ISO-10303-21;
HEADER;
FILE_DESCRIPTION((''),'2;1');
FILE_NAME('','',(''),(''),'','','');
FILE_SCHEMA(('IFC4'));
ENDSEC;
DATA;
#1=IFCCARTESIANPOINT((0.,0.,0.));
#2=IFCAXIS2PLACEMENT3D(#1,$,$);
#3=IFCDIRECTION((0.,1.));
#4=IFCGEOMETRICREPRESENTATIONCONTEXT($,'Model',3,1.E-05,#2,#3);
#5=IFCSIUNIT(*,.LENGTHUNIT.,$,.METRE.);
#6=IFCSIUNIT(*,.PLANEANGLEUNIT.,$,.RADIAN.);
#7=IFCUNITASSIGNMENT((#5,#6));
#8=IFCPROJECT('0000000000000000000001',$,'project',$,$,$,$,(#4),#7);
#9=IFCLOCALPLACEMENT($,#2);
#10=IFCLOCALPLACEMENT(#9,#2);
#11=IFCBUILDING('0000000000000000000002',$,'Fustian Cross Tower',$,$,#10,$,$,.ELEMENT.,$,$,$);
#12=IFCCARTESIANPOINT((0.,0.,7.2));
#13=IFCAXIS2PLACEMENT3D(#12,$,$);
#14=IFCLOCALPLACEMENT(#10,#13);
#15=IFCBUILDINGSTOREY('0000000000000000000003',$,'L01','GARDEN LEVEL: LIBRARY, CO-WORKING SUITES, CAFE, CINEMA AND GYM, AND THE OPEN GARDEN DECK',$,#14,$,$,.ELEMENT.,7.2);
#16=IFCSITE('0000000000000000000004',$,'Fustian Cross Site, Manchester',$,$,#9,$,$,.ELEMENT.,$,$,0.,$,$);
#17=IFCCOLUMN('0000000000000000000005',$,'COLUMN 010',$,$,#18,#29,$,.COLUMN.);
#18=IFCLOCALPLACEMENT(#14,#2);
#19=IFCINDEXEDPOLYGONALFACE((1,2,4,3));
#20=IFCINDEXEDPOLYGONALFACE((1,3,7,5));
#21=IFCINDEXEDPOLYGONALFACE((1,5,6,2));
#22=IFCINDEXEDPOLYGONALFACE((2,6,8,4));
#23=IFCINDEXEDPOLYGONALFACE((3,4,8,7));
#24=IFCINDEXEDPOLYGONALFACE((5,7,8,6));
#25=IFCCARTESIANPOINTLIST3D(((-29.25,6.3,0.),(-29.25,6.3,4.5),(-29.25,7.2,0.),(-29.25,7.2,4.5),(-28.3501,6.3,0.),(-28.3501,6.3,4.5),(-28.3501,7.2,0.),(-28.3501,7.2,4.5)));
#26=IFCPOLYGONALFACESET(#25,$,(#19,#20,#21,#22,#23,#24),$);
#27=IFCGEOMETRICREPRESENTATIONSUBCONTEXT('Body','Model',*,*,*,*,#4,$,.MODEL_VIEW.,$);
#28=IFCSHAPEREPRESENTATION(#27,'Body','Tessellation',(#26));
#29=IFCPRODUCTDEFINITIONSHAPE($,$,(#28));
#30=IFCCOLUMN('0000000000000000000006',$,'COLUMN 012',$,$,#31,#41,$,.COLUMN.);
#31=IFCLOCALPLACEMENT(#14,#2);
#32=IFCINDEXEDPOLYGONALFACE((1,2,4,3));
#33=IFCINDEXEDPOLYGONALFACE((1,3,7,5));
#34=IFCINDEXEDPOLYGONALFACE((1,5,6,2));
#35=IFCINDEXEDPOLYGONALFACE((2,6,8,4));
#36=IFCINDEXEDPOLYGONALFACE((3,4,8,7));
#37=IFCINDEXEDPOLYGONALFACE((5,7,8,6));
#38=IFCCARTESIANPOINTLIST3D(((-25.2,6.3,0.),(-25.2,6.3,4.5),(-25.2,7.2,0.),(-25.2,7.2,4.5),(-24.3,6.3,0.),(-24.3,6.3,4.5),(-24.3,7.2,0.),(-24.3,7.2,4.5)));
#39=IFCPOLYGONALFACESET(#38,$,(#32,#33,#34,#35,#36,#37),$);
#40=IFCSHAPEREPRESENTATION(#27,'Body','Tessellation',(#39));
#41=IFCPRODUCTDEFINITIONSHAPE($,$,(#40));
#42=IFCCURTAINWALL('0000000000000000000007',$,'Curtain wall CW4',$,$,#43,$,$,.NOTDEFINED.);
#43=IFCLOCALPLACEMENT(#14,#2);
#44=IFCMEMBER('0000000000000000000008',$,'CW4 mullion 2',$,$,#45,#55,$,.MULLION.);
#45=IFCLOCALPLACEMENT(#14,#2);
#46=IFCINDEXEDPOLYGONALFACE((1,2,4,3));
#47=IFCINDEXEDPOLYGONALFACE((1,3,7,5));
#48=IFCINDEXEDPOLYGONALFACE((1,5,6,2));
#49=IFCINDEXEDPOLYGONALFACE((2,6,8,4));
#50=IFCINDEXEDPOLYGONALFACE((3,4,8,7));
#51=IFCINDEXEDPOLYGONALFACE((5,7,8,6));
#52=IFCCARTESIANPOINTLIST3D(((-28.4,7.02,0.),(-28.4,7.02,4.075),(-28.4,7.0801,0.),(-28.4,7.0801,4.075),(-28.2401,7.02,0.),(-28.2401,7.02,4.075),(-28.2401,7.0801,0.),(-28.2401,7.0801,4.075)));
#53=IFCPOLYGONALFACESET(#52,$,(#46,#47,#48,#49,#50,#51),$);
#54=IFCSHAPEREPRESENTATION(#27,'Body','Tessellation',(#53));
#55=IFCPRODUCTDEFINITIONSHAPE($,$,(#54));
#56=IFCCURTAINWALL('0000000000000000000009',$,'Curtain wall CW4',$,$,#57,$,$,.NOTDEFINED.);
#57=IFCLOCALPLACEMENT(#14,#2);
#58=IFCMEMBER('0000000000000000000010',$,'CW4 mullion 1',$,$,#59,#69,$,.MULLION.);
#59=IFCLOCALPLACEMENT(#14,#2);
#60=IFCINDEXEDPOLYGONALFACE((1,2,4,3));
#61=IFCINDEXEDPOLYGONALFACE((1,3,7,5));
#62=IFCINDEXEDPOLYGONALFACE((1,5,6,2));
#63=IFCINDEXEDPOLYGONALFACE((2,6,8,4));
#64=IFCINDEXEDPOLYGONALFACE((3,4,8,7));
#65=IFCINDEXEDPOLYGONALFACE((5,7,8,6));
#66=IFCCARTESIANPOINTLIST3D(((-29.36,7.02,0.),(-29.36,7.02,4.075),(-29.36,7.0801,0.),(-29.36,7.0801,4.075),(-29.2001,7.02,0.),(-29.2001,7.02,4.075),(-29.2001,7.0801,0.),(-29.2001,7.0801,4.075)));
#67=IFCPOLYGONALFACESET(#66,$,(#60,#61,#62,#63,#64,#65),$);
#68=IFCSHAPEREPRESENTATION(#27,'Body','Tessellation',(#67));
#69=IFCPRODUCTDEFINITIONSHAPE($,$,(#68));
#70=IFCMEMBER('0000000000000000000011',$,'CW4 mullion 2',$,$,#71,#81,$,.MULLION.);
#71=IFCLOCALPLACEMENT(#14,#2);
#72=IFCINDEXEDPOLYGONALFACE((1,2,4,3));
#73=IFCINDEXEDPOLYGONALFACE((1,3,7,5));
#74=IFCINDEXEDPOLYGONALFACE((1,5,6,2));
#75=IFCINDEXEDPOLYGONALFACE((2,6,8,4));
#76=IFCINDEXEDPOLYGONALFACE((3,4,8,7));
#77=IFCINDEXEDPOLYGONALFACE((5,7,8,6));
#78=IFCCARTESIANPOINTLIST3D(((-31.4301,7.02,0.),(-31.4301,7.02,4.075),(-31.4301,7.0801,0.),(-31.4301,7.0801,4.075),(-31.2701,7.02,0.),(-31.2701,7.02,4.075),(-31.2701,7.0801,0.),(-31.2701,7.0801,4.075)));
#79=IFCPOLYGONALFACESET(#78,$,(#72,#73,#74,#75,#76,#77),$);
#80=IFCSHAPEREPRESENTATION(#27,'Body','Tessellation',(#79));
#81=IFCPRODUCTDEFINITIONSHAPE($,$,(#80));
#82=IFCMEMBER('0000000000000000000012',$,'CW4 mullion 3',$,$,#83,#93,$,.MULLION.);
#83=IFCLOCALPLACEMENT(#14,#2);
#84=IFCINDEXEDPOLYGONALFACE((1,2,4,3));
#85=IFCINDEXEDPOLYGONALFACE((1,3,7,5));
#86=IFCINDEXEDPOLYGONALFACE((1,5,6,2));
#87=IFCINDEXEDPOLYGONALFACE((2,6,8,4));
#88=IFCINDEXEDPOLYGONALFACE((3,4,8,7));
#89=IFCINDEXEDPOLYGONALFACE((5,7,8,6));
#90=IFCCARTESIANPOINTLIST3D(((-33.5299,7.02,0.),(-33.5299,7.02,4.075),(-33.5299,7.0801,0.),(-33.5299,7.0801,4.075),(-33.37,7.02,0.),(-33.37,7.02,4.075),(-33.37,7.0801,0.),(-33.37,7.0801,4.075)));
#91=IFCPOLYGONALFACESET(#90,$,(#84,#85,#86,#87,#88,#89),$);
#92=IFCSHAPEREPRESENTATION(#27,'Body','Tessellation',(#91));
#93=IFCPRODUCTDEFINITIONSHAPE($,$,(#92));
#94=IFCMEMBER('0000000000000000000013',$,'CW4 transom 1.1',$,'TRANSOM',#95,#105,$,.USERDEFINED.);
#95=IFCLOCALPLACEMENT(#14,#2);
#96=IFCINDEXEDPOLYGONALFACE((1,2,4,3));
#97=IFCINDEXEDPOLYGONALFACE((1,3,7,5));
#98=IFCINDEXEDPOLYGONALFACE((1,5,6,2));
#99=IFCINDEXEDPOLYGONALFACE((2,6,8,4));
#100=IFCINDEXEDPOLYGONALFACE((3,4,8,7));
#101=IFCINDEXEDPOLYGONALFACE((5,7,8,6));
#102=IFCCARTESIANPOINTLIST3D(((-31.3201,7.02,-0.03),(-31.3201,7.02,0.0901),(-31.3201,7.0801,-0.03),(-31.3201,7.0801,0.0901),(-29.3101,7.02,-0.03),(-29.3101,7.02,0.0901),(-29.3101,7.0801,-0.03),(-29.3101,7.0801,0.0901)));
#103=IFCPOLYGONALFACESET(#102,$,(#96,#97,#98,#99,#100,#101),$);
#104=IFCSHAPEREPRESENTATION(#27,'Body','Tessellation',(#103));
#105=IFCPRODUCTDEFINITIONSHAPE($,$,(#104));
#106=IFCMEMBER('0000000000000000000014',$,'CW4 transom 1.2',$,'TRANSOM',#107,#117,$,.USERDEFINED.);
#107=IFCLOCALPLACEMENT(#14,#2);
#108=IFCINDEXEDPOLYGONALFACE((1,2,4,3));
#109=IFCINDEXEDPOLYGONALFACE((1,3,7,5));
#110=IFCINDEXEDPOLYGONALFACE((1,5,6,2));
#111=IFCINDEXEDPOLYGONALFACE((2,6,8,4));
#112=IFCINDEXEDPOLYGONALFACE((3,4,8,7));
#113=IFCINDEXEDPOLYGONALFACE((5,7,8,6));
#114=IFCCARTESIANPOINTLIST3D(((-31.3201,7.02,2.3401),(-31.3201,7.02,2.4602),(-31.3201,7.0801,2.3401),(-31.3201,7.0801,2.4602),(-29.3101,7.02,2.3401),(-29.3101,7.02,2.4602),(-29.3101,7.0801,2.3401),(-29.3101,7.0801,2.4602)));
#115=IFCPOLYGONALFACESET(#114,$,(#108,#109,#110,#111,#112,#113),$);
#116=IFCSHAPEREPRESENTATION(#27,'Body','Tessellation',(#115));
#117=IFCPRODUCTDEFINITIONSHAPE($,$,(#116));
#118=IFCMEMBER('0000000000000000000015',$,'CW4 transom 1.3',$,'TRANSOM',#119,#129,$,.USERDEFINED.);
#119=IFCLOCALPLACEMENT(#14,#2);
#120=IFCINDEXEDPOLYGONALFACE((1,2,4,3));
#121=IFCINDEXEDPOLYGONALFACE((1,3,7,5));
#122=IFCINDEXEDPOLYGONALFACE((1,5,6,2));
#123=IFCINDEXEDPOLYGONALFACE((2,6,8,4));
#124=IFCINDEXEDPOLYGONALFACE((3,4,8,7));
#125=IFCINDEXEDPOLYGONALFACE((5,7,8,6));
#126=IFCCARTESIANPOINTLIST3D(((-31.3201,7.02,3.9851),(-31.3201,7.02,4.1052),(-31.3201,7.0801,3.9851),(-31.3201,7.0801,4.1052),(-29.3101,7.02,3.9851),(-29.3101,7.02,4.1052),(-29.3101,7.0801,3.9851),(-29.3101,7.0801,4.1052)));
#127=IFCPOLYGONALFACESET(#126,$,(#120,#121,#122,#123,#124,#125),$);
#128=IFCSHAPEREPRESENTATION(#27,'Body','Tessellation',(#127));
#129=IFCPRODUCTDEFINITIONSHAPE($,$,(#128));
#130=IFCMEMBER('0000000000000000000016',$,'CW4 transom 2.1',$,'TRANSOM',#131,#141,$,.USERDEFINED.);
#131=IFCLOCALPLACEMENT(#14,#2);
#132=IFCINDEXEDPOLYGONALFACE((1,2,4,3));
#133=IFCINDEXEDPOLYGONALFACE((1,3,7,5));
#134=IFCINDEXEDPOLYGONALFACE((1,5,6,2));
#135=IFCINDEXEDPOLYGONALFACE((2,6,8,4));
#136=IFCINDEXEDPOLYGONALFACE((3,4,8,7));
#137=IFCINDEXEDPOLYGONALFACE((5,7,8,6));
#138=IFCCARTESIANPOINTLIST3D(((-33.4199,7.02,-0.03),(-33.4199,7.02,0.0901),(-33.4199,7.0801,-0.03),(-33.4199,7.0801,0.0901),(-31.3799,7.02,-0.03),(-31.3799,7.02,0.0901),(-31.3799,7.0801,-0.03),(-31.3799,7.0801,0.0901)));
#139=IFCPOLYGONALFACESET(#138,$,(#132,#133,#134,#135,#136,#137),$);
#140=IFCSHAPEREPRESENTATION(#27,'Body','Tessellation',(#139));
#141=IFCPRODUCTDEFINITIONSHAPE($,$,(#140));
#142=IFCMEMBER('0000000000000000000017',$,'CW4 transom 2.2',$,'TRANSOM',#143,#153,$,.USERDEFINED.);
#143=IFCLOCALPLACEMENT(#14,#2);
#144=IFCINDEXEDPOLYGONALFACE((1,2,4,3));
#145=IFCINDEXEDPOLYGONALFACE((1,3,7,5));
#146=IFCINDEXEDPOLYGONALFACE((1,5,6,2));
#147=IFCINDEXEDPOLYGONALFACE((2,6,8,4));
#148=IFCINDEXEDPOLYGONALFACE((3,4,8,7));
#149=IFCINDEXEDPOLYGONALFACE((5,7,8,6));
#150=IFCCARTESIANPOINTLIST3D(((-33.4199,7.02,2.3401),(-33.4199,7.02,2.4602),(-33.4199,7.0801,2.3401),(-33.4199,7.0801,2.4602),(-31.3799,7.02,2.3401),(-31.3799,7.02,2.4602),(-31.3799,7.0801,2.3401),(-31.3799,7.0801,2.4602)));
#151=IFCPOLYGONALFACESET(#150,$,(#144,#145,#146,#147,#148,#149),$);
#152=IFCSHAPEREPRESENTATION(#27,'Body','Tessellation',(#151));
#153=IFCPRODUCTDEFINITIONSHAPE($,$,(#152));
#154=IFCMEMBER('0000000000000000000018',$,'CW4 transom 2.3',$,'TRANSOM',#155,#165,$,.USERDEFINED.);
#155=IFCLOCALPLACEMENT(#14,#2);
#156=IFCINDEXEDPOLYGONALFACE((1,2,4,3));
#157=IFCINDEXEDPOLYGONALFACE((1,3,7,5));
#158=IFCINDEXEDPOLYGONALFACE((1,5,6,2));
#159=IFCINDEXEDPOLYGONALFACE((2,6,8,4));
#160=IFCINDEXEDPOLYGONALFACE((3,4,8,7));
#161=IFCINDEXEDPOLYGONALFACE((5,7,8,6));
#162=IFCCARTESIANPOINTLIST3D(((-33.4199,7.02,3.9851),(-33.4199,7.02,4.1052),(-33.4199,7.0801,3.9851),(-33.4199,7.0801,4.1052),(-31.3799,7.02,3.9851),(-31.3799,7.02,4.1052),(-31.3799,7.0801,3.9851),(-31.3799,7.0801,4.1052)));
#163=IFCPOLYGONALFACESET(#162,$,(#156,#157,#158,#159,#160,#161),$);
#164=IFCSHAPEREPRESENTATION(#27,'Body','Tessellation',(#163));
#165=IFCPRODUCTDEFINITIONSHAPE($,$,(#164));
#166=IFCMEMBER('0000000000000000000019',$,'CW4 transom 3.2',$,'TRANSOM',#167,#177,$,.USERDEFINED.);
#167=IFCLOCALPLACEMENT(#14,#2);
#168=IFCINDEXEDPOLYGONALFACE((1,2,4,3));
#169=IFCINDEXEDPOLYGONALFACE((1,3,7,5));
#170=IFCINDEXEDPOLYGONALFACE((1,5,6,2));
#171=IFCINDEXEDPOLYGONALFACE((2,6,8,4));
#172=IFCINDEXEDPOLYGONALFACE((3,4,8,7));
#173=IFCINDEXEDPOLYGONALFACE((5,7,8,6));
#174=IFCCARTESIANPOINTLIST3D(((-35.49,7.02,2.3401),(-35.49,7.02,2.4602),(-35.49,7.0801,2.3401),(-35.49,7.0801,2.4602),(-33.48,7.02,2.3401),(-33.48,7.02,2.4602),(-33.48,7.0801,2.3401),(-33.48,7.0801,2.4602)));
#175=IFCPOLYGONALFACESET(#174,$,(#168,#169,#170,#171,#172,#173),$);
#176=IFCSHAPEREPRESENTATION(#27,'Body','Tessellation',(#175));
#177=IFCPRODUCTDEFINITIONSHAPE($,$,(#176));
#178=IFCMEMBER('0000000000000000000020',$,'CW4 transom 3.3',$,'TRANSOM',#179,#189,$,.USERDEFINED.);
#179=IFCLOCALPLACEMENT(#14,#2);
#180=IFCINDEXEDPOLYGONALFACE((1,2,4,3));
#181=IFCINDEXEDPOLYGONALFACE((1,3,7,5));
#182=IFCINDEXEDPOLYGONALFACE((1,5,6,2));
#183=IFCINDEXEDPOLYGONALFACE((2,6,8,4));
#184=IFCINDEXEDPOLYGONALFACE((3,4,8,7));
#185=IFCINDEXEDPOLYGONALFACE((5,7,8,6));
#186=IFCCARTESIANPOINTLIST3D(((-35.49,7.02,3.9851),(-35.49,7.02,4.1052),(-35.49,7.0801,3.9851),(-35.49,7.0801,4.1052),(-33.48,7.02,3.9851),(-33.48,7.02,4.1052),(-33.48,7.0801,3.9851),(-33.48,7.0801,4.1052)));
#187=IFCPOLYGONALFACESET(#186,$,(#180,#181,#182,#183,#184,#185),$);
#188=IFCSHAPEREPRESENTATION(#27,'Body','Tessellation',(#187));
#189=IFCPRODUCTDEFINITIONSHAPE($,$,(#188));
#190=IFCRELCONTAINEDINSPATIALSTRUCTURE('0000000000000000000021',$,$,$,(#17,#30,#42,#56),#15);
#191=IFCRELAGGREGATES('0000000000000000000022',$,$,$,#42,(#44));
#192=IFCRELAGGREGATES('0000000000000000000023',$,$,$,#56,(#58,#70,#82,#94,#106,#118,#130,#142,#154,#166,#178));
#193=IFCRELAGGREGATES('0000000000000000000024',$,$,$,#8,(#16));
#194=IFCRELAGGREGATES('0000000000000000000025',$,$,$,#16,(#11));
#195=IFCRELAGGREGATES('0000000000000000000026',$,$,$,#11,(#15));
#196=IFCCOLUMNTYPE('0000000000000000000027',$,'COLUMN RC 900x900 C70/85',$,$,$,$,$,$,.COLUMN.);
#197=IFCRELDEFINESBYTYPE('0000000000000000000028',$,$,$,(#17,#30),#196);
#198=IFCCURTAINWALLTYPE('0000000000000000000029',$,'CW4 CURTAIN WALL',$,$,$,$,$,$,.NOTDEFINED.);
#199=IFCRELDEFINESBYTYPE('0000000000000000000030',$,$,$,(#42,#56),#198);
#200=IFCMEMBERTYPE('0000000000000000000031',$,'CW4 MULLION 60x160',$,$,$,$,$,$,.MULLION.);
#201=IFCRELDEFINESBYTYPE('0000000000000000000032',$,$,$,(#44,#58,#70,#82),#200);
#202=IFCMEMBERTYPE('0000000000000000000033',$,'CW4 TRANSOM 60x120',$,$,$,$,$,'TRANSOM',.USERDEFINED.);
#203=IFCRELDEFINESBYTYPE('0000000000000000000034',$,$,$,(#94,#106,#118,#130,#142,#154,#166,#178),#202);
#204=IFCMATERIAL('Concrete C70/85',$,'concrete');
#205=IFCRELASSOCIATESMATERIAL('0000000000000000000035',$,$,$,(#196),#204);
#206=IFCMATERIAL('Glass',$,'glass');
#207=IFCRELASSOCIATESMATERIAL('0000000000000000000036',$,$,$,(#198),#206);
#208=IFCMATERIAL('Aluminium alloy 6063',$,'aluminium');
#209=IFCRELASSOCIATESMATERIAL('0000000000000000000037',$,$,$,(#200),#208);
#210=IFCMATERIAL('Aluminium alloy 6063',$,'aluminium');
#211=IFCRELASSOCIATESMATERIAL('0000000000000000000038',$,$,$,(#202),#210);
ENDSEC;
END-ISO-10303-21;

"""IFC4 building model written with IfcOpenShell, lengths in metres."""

from ifc_helpers import new_model, si_unit, direction, frame, origin, origin_2d, place, context, subcontext, project, spatial, rectangle, extrude, material, material_profile, profile_set, type_object, element, aggregate, save


model = new_model("IFC4")

# Units and contexts
model_context = context("Model", 3, precision=1e-05, world=origin(), true_north=direction((0.0, 1.0)))
body_context = subcontext(model_context, "Body", "Model", "MODEL_VIEW")
ifc_project = project(units=[si_unit("LENGTHUNIT", "METRE"), si_unit("PLANEANGLEUNIT", "RADIAN")], contexts=[model_context])

# Site, building, storey
site_placement = place(None, origin())
site = spatial("IfcSite", under=ifc_project, at=site_placement, Name="Fustian Cross Site, Manchester", CompositionType="ELEMENT", RefElevation=0.0)
building_placement = place(site_placement, origin())
building = spatial("IfcBuilding", under=site, at=building_placement, Name="Fustian Cross Tower", CompositionType="ELEMENT")
storey_placement = place(building_placement, frame((0.0, 0.0, 7.2)))
storey = spatial("IfcBuildingStorey", under=building, at=storey_placement, Name="L01", Description="GARDEN LEVEL: LIBRARY, CO-WORKING SUITES, CAFE, CINEMA AND GYM, AND THE OPEN GARDEN DECK", CompositionType="ELEMENT", Elevation=7.2)

# Columns
ifc_material_1 = material(Name="Concrete C70/85", Category="concrete")
ifc_material_profile_1 = material_profile(ifc_material_1, rectangle(XDim=0.8999, YDim=0.8999, at=origin_2d()), Name="RC 900x900")
ifc_profile_set_1 = profile_set([ifc_material_profile_1], Name="Concrete C70/85")
column_type = type_object("IfcColumnType", Name="COLUMN RC 900x900 C70/85", PredefinedType="COLUMN", material=ifc_profile_set_1)
for number, where, z_axis, x_axis, name in (
    (1, (-28.8, 6.75, 0.0), (0.0, 0.0, 1.0), (1.0, 0.0, 0.0), "COLUMN 010"),
    (2, (-24.75, 6.75, 0.0), (0.0, 0.0, 1.0), (1.0, 0.0, 0.0), "COLUMN 012"),
):
    element("IfcColumn", number, at=place(storey_placement, frame(where, z_axis=z_axis, x_axis=x_axis)), inside=storey, type_object=column_type, Name=name, PredefinedType="COLUMN", context=body_context, shape_type="SweptSolid", body=[
        extrude(rectangle(XDim=0.8999, YDim=0.8999, at=origin_2d()), origin(), (0.0, 0.0, 1.0), 4.5),
    ])

# Curtain wall, member
ifc_material_2 = material(Name="Glass", Category="glass")
curtain_wall_type = type_object("IfcCurtainWallType", Name="CW4 CURTAIN WALL", PredefinedType="NOTDEFINED", material=ifc_material_2)
curtain_wall_1_placement = place(storey_placement, origin())
curtain_wall_1 = element("IfcCurtainWall", 3, at=curtain_wall_1_placement, inside=storey, type_object=curtain_wall_type, Name="Curtain wall CW4", PredefinedType="NOTDEFINED")
ifc_material_3 = material(Name="Aluminium alloy 6063", Category="aluminium")
ifc_material_profile_2 = material_profile(ifc_material_3, rectangle(XDim=0.0601, YDim=0.1599, at=origin_2d()), Name="CW4 MULLION 60x160")
ifc_profile_set_2 = profile_set([ifc_material_profile_2], Name="Aluminium alloy 6063")
member_type_1 = type_object("IfcMemberType", Name="CW4 MULLION 60x160", PredefinedType="MULLION", material=ifc_profile_set_2)
member_1_placement = place(storey_placement, frame((-28.3201, 7.05, 0.0), z_axis=(0.0, 0.0, 1.0), x_axis=(0.0, -1.0, 0.0)))
member_1 = element("IfcMember", 4, at=member_1_placement, type_object=member_type_1, Name="CW4 mullion 2", PredefinedType="MULLION", context=body_context, shape_type="SweptSolid", body=[
    extrude(rectangle(XDim=0.0601, YDim=0.1599, at=origin_2d()), origin(), (0.0, 0.0, 1.0), 4.075),
])

# Curtain wall, members
curtain_wall_2_placement = place(storey_placement, origin())
curtain_wall_2 = element("IfcCurtainWall", 5, at=curtain_wall_2_placement, inside=storey, type_object=curtain_wall_type, Name="Curtain wall CW4", PredefinedType="NOTDEFINED")
member_2_placement = place(storey_placement, frame((-29.28, 7.05, 0.0), z_axis=(0.0, 0.0, 1.0), x_axis=(0.0, -1.0, 0.0)))
member_2 = element("IfcMember", 6, at=member_2_placement, type_object=member_type_1, Name="CW4 mullion 1", PredefinedType="MULLION", context=body_context, shape_type="SweptSolid", body=[
    extrude(rectangle(XDim=0.0601, YDim=0.1599, at=origin_2d()), origin(), (0.0, 0.0, 1.0), 4.075),
])
member_3_placement = place(storey_placement, frame((-31.3501, 7.05, 0.0), z_axis=(0.0, 0.0, 1.0), x_axis=(0.0, -1.0, 0.0)))
member_3 = element("IfcMember", 7, at=member_3_placement, type_object=member_type_1, Name="CW4 mullion 2", PredefinedType="MULLION", context=body_context, shape_type="SweptSolid", body=[
    extrude(rectangle(XDim=0.0601, YDim=0.1599, at=origin_2d()), origin(), (0.0, 0.0, 1.0), 4.075),
])
member_4_placement = place(storey_placement, frame((-33.45, 7.05, 0.0), z_axis=(0.0, 0.0, 1.0), x_axis=(0.0, -1.0, 0.0)))
member_4 = element("IfcMember", 8, at=member_4_placement, type_object=member_type_1, Name="CW4 mullion 3", PredefinedType="MULLION", context=body_context, shape_type="SweptSolid", body=[
    extrude(rectangle(XDim=0.0601, YDim=0.1599, at=origin_2d()), origin(), (0.0, 0.0, 1.0), 4.075),
])
ifc_material_4 = material(Name="Aluminium alloy 6063", Category="aluminium")
ifc_material_profile_3 = material_profile(ifc_material_4, rectangle(XDim=0.0601, YDim=0.1201, at=origin_2d()), Name="CW4 TRANSOM 60x120")
ifc_profile_set_3 = profile_set([ifc_material_profile_3], Name="Aluminium alloy 6063")
member_type_2 = type_object("IfcMemberType", Name="CW4 TRANSOM 60x120", ElementType="TRANSOM", PredefinedType="USERDEFINED", material=ifc_profile_set_3)
member_5_placement = place(storey_placement, frame((-29.3101, 7.05, 0.03), z_axis=(-1.0, 0.0, 0.0), x_axis=(0.0, -1.0, 0.0)))
member_5 = element("IfcMember", 9, at=member_5_placement, type_object=member_type_2, Name="CW4 transom 1.1", ObjectType="TRANSOM", PredefinedType="USERDEFINED", context=body_context, shape_type="SweptSolid", body=[
    extrude(rectangle(XDim=0.0601, YDim=0.1201, at=origin_2d()), origin(), (0.0, 0.0, 1.0), 2.01),
])
member_6_placement = place(storey_placement, frame((-29.3101, 7.05, 2.4001), z_axis=(-1.0, 0.0, 0.0), x_axis=(0.0, -1.0, 0.0)))
member_6 = element("IfcMember", 10, at=member_6_placement, type_object=member_type_2, Name="CW4 transom 1.2", ObjectType="TRANSOM", PredefinedType="USERDEFINED", context=body_context, shape_type="SweptSolid", body=[
    extrude(rectangle(XDim=0.0601, YDim=0.1201, at=origin_2d()), origin(), (0.0, 0.0, 1.0), 2.01),
])
member_7_placement = place(storey_placement, frame((-29.3101, 7.05, 4.0452), z_axis=(-1.0, 0.0, 0.0), x_axis=(0.0, -1.0, 0.0)))
member_7 = element("IfcMember", 11, at=member_7_placement, type_object=member_type_2, Name="CW4 transom 1.3", ObjectType="TRANSOM", PredefinedType="USERDEFINED", context=body_context, shape_type="SweptSolid", body=[
    extrude(rectangle(XDim=0.0601, YDim=0.1201, at=origin_2d()), origin(), (0.0, 0.0, 1.0), 2.01),
])
member_8_placement = place(storey_placement, frame((-31.3799, 7.05, 0.03), z_axis=(-1.0, 0.0, 0.0), x_axis=(0.0, -1.0, 0.0)))
member_8 = element("IfcMember", 12, at=member_8_placement, type_object=member_type_2, Name="CW4 transom 2.1", ObjectType="TRANSOM", PredefinedType="USERDEFINED", context=body_context, shape_type="SweptSolid", body=[
    extrude(rectangle(XDim=0.0601, YDim=0.1201, at=origin_2d()), origin(), (0.0, 0.0, 1.0), 2.04),
])
member_9_placement = place(storey_placement, frame((-31.3799, 7.05, 2.4001), z_axis=(-1.0, 0.0, 0.0), x_axis=(0.0, -1.0, 0.0)))
member_9 = element("IfcMember", 13, at=member_9_placement, type_object=member_type_2, Name="CW4 transom 2.2", ObjectType="TRANSOM", PredefinedType="USERDEFINED", context=body_context, shape_type="SweptSolid", body=[
    extrude(rectangle(XDim=0.0601, YDim=0.1201, at=origin_2d()), origin(), (0.0, 0.0, 1.0), 2.04),
])
member_10_placement = place(storey_placement, frame((-31.3799, 7.05, 4.0452), z_axis=(-1.0, 0.0, 0.0), x_axis=(0.0, -1.0, 0.0)))
member_10 = element("IfcMember", 14, at=member_10_placement, type_object=member_type_2, Name="CW4 transom 2.3", ObjectType="TRANSOM", PredefinedType="USERDEFINED", context=body_context, shape_type="SweptSolid", body=[
    extrude(rectangle(XDim=0.0601, YDim=0.1201, at=origin_2d()), origin(), (0.0, 0.0, 1.0), 2.04),
])
member_11_placement = place(storey_placement, frame((-33.48, 7.05, 2.4001), z_axis=(-1.0, 0.0, 0.0), x_axis=(0.0, -1.0, 0.0)))
member_11 = element("IfcMember", 15, at=member_11_placement, type_object=member_type_2, Name="CW4 transom 3.2", ObjectType="TRANSOM", PredefinedType="USERDEFINED", context=body_context, shape_type="SweptSolid", body=[
    extrude(rectangle(XDim=0.0601, YDim=0.1201, at=origin_2d()), origin(), (0.0, 0.0, 1.0), 2.01),
])
member_12_placement = place(storey_placement, frame((-33.48, 7.05, 4.0452), z_axis=(-1.0, 0.0, 0.0), x_axis=(0.0, -1.0, 0.0)))
member_12 = element("IfcMember", 16, at=member_12_placement, type_object=member_type_2, Name="CW4 transom 3.3", ObjectType="TRANSOM", PredefinedType="USERDEFINED", context=body_context, shape_type="SweptSolid", body=[
    extrude(rectangle(XDim=0.0601, YDim=0.1201, at=origin_2d()), origin(), (0.0, 0.0, 1.0), 2.01),
])

aggregate(curtain_wall_1, [member_1])
aggregate(curtain_wall_2, [member_2, member_3, member_4, member_5, member_6, member_7, member_8, member_9, member_10, member_11, member_12])

save(model, "model.ifc")
